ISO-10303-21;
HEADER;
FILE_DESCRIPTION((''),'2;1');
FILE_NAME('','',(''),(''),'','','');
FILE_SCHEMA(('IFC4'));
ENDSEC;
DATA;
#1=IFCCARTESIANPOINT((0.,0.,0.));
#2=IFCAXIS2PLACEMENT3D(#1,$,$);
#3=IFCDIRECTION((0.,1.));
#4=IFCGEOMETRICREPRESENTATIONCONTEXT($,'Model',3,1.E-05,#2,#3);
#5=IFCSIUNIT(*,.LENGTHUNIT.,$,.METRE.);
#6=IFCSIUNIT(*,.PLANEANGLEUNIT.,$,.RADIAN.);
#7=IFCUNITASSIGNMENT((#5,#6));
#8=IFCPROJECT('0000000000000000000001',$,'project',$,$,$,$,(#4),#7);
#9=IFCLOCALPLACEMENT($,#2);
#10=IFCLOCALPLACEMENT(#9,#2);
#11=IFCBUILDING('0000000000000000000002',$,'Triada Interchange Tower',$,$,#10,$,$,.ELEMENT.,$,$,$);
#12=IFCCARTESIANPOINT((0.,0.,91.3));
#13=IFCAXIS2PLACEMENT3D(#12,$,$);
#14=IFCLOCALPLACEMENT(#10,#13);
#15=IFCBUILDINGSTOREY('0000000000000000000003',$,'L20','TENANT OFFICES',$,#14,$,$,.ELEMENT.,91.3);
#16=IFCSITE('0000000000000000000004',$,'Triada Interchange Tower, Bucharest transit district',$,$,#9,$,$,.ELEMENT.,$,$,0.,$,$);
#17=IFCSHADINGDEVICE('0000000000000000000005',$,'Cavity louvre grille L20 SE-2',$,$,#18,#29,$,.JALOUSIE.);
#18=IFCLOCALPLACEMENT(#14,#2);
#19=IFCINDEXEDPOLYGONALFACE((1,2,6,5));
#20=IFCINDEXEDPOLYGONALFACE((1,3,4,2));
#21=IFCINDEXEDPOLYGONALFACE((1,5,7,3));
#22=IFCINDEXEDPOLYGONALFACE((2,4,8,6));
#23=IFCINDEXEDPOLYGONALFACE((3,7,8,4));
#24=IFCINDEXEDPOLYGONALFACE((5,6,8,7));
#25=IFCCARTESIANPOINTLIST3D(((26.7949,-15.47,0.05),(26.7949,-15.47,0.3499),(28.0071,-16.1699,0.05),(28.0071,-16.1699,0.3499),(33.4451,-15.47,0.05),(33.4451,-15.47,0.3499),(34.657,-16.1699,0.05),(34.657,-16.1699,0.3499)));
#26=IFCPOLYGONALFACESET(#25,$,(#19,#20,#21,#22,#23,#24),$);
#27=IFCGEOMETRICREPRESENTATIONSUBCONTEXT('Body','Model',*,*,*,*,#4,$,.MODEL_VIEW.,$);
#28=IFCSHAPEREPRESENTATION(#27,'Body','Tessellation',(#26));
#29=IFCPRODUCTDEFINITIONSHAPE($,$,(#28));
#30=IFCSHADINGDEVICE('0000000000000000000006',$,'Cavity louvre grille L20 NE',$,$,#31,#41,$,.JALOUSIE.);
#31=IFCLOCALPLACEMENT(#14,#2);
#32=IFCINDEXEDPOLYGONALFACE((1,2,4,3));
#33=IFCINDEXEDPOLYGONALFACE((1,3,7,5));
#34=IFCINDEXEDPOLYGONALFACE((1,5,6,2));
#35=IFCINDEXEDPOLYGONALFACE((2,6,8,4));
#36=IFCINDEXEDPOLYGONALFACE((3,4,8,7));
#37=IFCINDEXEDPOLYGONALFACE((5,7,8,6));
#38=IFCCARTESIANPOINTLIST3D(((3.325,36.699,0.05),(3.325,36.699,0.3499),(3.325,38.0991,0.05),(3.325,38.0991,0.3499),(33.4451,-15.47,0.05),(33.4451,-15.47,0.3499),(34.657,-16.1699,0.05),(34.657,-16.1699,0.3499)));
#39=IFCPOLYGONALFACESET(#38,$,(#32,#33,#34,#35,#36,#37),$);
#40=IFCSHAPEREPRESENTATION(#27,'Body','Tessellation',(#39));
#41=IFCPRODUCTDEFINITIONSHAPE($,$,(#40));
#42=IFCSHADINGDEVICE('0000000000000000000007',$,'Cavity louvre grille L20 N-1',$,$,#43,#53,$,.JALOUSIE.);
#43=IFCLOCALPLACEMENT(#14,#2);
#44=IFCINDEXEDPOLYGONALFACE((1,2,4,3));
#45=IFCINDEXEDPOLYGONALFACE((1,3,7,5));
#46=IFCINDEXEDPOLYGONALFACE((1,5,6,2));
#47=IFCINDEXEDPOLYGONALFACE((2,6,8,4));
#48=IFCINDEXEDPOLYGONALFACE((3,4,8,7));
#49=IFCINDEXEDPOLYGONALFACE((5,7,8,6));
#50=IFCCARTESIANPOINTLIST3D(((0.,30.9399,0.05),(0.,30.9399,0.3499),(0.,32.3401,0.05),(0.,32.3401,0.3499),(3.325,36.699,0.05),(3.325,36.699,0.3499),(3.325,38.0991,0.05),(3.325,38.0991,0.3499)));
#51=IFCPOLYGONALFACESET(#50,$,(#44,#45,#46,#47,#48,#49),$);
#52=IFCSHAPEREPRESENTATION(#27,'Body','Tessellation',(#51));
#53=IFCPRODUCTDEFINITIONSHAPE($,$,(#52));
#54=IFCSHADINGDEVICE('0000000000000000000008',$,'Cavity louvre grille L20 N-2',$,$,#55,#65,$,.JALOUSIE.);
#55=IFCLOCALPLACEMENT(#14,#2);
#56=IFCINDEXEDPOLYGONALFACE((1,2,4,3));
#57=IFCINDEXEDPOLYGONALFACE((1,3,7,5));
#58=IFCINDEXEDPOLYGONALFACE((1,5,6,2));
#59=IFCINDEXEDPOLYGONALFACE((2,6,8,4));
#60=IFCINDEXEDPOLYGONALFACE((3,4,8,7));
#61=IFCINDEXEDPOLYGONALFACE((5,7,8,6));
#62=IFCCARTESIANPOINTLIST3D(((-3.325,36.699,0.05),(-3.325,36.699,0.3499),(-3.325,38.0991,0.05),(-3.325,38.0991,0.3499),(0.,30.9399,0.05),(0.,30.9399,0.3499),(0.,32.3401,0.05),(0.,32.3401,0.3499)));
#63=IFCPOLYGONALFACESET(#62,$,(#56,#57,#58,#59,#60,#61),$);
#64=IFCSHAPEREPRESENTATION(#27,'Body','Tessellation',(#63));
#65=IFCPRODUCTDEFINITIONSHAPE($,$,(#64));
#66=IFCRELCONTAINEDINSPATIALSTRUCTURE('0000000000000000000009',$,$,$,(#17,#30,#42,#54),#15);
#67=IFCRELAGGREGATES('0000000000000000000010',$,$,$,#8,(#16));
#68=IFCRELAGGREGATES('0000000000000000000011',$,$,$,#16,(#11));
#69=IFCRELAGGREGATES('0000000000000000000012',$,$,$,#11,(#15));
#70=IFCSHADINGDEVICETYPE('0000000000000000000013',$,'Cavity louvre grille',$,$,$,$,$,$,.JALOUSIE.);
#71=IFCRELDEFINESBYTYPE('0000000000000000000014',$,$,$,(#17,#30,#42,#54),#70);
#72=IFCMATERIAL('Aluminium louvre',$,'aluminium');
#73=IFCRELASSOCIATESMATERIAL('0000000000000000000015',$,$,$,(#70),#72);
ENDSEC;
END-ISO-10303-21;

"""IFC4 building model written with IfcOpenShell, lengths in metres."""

from ifc_helpers import new_model, si_unit, direction, frame, origin, place, context, subcontext, project, spatial, polyline, outline, extrude, material, type_object, element, save


model = new_model("IFC4")

# Units and contexts
model_context = context("Model", 3, precision=1e-05, world=origin(), true_north=direction((0.0, 1.0)))
body_context = subcontext(model_context, "Body", "Model", "MODEL_VIEW")
ifc_project = project(units=[si_unit("LENGTHUNIT", "METRE"), si_unit("PLANEANGLEUNIT", "RADIAN")], contexts=[model_context])

# Site, building, storey
site_placement = place(None, origin())
site = spatial("IfcSite", under=ifc_project, at=site_placement, Name="Triada Interchange Tower, Bucharest transit district", CompositionType="ELEMENT", RefElevation=0.0)
building_placement = place(site_placement, origin())
building = spatial("IfcBuilding", under=site, at=building_placement, Name="Triada Interchange Tower", CompositionType="ELEMENT")
storey_placement = place(building_placement, frame((0.0, 0.0, 91.3)))
storey = spatial("IfcBuildingStorey", under=building, at=storey_placement, Name="L20", Description="TENANT OFFICES", CompositionType="ELEMENT", Elevation=91.3)

# Shading devices
ifc_material_1 = material(Name="Aluminium louvre", Category="aluminium")
shading_device_type = type_object("IfcShadingDeviceType", Name="Cavity louvre grille", PredefinedType="JALOUSIE", material=ifc_material_1)
shading_device_1_placement = place(storey_placement, frame((0.0, 0.0, 0.05)))
element("IfcShadingDevice", 1, at=shading_device_1_placement, inside=storey, type_object=shading_device_type, Name="Cavity louvre grille L20 SE-2", PredefinedType="JALOUSIE", context=body_context, shape_type="SweptSolid", body=[
    extrude(outline(polyline([(26.7949, -15.47), (28.0071, -16.1699), (34.657, -16.1699), (33.4451, -15.47), (26.7949, -15.47)])), origin(), (0.0, 0.0, 1.0), 0.2998),
])
shading_device_2_placement = place(storey_placement, frame((0.0, 0.0, 0.05)))
element("IfcShadingDevice", 2, at=shading_device_2_placement, inside=storey, type_object=shading_device_type, Name="Cavity louvre grille L20 NE", PredefinedType="JALOUSIE", context=body_context, shape_type="SweptSolid", body=[
    extrude(outline(polyline([(33.4451, -15.47), (34.657, -16.1699), (3.325, 38.0991), (3.325, 36.699), (33.4451, -15.47)])), origin(), (0.0, 0.0, 1.0), 0.2998),
])
shading_device_3_placement = place(storey_placement, frame((0.0, 0.0, 0.05)))
element("IfcShadingDevice", 3, at=shading_device_3_placement, inside=storey, type_object=shading_device_type, Name="Cavity louvre grille L20 N-1", PredefinedType="JALOUSIE", context=body_context, shape_type="SweptSolid", body=[
    extrude(outline(polyline([(3.325, 36.699), (3.325, 38.0991), (0.0, 32.3401), (0.0, 30.9399), (3.325, 36.699)])), origin(), (0.0, 0.0, 1.0), 0.2998),
])
shading_device_4_placement = place(storey_placement, frame((0.0, 0.0, 0.05)))
element("IfcShadingDevice", 4, at=shading_device_4_placement, inside=storey, type_object=shading_device_type, Name="Cavity louvre grille L20 N-2", PredefinedType="JALOUSIE", context=body_context, shape_type="SweptSolid", body=[
    extrude(outline(polyline([(0.0, 30.9399), (0.0, 32.3401), (-3.325, 38.0991), (-3.325, 36.699), (0.0, 30.9399)])), origin(), (0.0, 0.0, 1.0), 0.2998),
])

save(model, "model.ifc")
